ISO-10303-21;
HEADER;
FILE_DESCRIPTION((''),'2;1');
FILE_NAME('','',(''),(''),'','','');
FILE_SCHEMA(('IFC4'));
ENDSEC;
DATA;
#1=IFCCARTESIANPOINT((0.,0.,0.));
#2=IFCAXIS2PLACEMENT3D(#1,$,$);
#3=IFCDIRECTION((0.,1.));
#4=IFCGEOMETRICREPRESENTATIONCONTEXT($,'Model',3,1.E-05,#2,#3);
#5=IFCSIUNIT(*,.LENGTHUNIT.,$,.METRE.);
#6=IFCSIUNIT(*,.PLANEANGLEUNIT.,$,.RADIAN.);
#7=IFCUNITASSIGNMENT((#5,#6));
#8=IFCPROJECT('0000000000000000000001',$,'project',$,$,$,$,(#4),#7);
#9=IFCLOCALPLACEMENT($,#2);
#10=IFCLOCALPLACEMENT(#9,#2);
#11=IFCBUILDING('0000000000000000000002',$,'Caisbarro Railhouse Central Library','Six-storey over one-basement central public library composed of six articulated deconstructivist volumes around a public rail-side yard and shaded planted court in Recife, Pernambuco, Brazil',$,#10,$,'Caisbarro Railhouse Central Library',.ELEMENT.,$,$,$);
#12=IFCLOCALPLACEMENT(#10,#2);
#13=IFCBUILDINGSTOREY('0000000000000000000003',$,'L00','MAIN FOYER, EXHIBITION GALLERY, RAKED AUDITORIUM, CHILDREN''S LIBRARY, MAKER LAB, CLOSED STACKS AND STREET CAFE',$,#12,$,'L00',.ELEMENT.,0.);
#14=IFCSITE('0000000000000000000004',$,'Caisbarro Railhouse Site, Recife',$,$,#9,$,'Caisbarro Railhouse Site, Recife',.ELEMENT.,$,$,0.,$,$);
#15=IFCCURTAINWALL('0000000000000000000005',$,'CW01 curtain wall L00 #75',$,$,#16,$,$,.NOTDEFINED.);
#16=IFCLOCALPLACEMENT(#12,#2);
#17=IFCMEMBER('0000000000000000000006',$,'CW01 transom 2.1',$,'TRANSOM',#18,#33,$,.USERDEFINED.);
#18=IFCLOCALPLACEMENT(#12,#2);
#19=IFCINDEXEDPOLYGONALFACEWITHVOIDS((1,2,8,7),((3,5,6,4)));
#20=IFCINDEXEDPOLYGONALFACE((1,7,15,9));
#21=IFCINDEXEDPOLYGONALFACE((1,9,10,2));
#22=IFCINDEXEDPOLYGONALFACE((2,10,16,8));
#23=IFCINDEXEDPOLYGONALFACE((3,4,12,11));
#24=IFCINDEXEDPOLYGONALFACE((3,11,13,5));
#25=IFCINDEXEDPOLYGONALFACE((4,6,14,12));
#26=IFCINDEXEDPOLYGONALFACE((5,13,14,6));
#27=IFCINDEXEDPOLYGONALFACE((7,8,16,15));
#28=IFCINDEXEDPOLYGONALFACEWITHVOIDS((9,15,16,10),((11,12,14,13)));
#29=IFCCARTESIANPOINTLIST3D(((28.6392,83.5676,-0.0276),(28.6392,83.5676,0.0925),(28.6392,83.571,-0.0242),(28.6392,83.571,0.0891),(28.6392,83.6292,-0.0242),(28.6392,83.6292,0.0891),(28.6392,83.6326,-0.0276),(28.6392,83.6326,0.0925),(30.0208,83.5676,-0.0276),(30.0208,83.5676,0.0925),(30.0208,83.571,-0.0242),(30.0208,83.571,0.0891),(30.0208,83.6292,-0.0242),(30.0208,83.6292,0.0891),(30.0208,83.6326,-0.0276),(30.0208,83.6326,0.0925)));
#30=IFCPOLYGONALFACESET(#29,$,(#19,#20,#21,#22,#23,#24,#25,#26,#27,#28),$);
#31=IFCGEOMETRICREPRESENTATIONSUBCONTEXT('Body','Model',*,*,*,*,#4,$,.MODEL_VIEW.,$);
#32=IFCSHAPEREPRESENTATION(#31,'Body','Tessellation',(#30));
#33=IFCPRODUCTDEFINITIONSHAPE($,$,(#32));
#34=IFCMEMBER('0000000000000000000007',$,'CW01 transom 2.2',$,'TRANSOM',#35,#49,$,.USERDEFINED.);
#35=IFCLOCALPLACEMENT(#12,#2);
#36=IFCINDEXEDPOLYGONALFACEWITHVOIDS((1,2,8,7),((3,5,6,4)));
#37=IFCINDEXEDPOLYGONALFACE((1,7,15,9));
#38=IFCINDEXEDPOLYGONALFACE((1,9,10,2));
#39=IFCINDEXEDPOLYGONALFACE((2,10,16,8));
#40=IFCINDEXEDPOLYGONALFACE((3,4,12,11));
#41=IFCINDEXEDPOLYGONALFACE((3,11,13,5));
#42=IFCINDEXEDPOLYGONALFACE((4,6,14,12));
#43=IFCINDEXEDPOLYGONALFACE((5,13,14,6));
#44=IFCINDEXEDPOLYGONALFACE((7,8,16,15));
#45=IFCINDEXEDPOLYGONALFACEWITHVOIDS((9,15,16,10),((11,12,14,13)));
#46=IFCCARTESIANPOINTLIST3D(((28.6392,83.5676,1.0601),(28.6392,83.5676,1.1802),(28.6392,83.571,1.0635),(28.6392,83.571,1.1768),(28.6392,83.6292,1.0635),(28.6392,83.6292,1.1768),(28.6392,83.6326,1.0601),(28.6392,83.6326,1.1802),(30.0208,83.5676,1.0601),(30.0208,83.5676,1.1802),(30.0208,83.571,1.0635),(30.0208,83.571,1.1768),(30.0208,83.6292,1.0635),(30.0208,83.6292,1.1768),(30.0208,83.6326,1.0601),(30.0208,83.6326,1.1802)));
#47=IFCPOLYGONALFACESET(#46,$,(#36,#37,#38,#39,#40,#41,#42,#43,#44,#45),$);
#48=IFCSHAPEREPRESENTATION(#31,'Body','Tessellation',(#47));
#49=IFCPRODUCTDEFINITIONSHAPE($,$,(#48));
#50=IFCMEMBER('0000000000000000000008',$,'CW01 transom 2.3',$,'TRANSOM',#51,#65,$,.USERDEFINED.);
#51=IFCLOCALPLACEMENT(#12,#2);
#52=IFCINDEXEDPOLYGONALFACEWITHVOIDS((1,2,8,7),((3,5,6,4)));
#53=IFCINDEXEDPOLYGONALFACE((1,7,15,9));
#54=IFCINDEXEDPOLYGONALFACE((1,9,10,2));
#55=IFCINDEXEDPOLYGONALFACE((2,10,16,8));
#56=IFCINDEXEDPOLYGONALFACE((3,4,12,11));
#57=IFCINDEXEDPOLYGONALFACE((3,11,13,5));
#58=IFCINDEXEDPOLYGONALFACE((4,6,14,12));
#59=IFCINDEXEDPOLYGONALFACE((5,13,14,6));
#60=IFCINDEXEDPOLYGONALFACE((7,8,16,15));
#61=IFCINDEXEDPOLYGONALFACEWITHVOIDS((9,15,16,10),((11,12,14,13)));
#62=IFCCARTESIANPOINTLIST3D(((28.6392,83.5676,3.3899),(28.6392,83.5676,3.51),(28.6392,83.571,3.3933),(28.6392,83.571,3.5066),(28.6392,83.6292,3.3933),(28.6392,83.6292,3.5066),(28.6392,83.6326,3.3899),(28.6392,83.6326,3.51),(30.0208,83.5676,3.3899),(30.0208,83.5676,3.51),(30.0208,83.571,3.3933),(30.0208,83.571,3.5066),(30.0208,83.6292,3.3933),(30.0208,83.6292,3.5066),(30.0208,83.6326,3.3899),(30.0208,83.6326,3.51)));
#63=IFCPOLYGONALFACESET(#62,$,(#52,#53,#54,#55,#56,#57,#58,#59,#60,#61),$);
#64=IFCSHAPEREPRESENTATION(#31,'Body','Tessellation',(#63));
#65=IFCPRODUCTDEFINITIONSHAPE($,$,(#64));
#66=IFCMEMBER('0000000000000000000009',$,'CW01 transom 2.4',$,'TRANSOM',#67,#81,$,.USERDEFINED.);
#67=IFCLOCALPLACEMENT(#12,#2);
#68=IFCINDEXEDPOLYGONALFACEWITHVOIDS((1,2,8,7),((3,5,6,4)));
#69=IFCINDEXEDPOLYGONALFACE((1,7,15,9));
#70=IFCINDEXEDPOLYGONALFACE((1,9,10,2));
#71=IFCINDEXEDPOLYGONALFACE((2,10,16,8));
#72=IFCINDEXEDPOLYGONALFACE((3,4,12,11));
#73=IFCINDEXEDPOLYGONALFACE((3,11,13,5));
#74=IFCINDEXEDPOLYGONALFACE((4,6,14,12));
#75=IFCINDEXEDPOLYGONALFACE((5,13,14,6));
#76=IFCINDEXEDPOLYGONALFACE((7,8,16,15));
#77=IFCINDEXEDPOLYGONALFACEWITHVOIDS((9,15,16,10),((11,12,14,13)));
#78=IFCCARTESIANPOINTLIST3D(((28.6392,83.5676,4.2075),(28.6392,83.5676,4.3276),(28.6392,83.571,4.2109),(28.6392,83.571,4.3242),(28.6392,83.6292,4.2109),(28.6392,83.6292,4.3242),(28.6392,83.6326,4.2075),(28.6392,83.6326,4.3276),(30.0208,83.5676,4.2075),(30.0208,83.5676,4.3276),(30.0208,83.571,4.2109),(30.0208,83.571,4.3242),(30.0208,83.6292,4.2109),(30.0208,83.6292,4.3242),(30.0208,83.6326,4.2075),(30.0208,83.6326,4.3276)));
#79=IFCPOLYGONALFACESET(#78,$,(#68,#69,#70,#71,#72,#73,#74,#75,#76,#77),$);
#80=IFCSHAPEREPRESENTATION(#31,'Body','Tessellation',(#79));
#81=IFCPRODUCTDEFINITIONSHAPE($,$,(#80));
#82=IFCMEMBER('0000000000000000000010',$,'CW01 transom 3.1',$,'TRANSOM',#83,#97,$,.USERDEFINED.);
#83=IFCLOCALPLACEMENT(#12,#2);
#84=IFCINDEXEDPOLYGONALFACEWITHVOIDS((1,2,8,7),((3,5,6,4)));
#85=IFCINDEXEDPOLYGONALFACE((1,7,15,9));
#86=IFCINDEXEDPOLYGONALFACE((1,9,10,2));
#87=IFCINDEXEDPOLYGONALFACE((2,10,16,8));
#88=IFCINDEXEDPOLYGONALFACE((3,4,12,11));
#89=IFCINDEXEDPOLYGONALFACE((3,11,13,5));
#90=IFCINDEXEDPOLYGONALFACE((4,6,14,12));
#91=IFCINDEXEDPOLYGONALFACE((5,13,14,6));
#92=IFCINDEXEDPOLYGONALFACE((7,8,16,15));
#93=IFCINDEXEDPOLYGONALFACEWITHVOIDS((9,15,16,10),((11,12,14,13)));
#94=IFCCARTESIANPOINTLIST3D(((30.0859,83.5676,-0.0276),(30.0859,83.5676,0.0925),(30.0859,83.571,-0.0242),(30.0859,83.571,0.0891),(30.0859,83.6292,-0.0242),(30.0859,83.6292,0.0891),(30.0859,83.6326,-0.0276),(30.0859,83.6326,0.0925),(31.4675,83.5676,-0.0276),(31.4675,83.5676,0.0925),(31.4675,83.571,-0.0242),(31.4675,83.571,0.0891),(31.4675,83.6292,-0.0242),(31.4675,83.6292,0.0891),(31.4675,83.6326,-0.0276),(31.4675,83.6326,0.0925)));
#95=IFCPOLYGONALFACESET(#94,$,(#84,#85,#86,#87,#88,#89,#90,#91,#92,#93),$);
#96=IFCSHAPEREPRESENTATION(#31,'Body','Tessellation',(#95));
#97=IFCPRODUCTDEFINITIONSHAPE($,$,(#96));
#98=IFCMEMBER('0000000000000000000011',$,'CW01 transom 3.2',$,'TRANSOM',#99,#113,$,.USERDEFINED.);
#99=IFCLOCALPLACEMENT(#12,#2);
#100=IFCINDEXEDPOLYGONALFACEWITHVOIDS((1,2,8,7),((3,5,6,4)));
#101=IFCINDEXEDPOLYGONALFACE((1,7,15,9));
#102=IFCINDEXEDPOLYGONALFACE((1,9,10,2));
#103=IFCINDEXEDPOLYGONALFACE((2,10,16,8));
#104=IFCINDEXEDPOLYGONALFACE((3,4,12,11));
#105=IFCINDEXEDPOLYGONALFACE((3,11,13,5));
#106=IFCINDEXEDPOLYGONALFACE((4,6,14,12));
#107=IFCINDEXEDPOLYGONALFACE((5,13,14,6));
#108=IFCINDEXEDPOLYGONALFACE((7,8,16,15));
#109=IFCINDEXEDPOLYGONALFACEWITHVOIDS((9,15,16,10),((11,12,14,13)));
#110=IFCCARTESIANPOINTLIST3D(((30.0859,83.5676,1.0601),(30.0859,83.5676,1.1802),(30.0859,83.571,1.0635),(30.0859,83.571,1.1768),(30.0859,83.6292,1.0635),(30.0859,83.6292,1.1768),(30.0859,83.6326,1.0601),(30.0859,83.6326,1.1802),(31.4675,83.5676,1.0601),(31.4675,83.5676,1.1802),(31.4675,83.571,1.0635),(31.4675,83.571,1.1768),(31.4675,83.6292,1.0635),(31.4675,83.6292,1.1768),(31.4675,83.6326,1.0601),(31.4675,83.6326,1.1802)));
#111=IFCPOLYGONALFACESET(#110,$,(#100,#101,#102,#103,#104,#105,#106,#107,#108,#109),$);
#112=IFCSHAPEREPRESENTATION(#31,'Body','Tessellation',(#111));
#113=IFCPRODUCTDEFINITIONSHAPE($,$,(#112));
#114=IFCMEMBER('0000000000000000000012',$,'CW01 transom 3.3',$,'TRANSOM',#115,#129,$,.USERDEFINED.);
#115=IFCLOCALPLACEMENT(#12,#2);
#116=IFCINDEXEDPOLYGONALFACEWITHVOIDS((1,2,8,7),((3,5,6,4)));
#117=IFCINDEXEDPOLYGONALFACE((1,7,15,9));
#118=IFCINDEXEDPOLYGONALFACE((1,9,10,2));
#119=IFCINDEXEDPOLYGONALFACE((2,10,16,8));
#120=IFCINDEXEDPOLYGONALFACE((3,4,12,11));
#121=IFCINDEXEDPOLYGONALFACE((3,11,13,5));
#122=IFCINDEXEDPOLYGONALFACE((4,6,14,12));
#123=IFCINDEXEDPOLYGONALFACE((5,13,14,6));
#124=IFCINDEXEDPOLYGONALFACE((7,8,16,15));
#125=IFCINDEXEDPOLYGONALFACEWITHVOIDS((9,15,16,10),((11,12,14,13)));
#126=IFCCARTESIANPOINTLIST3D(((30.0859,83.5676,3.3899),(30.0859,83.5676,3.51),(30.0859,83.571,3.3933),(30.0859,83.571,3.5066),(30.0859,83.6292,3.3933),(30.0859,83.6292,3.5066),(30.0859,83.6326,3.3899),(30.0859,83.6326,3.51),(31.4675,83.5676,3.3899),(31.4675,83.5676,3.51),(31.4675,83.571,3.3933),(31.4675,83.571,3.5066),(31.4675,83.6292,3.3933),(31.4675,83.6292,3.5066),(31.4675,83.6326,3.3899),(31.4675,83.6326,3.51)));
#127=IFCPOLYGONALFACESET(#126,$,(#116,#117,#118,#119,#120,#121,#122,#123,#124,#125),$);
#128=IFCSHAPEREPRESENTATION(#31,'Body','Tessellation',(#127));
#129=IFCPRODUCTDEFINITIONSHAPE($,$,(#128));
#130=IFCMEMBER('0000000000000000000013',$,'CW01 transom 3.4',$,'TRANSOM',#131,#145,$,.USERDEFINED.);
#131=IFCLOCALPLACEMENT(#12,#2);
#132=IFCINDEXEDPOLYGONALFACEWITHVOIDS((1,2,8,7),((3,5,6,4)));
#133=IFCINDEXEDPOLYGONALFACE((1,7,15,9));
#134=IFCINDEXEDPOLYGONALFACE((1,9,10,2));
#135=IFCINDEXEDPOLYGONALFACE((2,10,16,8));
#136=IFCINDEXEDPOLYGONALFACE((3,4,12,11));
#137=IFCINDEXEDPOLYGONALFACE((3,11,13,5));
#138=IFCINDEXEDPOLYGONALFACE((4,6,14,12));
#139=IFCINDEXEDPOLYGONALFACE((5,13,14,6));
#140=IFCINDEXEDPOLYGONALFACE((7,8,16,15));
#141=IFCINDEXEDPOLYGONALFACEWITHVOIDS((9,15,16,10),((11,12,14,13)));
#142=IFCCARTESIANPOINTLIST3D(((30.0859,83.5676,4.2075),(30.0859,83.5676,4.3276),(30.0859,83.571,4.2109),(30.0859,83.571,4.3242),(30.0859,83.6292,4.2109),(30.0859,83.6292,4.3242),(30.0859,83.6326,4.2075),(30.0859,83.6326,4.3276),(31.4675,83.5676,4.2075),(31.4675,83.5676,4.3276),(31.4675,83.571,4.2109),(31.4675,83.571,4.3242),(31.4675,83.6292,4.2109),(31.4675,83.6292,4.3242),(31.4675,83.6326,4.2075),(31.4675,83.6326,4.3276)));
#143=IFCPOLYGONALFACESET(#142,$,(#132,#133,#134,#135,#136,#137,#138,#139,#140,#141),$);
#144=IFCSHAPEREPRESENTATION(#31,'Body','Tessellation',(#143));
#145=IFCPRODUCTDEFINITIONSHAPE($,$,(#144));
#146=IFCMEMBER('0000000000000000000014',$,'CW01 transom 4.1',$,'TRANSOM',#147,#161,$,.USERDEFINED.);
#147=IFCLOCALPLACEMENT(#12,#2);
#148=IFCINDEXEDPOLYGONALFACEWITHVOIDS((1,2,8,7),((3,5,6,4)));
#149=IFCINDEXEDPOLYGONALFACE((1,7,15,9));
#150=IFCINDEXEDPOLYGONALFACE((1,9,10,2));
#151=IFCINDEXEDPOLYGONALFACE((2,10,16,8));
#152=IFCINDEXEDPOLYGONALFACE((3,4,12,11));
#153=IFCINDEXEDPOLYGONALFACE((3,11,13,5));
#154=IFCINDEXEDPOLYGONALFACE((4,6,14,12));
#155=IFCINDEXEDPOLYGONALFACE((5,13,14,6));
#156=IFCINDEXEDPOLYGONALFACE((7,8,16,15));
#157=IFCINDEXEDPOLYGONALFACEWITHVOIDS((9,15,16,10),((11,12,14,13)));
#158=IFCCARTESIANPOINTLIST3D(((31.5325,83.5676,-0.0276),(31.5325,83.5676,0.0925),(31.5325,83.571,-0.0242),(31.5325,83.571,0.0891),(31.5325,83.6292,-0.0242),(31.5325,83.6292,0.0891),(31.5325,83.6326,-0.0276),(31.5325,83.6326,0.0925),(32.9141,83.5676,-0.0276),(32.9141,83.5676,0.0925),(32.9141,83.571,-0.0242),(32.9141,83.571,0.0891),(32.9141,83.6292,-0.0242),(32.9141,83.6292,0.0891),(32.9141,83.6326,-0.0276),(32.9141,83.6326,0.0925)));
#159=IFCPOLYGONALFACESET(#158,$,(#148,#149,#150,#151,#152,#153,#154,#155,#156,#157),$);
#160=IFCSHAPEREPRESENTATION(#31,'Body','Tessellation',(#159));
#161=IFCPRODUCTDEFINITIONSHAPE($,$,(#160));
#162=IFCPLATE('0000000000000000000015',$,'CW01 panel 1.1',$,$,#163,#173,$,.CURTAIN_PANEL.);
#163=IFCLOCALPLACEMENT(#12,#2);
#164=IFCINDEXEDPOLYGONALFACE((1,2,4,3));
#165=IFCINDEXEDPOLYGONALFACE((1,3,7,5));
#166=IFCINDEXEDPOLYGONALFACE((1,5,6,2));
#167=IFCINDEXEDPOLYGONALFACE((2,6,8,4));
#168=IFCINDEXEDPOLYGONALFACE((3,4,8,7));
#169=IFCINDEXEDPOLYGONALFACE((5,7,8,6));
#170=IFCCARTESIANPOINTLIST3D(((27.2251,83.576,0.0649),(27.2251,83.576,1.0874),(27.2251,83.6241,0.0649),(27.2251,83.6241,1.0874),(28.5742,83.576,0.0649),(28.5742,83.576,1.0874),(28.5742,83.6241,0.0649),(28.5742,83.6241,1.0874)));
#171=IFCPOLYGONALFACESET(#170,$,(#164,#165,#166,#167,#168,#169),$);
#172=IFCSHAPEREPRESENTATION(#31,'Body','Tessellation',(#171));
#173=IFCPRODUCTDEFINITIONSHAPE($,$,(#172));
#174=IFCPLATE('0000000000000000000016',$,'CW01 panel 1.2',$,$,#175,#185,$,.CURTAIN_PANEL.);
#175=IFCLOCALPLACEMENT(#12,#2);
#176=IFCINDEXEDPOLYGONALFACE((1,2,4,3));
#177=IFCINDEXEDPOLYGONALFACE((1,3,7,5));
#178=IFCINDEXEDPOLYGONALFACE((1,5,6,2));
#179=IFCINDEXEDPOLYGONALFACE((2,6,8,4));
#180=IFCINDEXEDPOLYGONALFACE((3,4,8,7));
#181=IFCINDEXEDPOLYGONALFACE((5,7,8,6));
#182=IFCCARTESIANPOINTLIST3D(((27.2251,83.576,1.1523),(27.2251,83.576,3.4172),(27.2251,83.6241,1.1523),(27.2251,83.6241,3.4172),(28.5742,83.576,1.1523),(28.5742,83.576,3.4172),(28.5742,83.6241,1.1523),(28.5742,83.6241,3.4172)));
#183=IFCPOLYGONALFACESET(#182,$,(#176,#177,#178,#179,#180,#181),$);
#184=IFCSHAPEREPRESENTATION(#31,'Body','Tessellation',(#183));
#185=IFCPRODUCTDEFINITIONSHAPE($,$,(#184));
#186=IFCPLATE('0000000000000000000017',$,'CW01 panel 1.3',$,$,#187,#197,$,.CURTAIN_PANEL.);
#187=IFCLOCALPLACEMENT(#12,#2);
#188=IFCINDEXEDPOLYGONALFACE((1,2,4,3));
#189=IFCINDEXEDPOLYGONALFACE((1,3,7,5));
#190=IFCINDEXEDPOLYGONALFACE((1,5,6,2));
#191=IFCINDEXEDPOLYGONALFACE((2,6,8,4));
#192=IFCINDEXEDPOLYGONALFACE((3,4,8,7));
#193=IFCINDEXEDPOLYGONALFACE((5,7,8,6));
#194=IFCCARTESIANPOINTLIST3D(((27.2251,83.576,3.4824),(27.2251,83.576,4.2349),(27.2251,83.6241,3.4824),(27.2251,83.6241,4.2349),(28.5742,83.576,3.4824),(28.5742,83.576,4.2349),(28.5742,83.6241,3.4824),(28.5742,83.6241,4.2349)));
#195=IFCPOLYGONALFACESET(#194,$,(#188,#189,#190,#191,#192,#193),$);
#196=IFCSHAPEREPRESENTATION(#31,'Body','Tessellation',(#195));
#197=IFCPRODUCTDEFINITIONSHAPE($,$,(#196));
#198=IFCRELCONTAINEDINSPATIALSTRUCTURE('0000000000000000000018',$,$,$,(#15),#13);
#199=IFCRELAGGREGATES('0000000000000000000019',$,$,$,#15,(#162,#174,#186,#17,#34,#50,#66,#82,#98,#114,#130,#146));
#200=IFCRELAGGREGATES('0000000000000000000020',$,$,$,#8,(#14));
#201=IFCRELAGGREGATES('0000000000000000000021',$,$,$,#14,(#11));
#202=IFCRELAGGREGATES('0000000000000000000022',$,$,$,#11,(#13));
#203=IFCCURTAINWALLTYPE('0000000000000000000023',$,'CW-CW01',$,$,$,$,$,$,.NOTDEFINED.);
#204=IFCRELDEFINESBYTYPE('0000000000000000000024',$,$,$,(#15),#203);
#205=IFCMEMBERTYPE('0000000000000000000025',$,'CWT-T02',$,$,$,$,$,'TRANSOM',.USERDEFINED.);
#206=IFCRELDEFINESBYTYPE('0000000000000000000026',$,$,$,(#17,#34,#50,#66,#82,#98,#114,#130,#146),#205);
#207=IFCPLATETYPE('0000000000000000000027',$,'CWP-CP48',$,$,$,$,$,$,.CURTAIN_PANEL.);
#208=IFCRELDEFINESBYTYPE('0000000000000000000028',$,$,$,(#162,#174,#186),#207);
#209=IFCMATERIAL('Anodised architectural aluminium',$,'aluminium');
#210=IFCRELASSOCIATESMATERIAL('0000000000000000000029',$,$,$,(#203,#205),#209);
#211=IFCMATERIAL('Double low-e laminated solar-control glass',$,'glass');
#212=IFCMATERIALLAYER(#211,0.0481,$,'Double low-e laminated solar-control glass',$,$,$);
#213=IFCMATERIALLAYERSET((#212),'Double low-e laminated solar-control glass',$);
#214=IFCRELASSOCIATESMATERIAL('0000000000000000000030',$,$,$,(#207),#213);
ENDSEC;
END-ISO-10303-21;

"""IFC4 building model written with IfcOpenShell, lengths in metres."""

from ifc_helpers import new_model, si_unit, direction, frame, origin, origin_2d, place, context, subcontext, project, spatial, rectangle, hollow_rectangle, extrude, material, layer, layer_set, material_profile, profile_set, type_object, element, aggregate, save


model = new_model("IFC4")

# Units and contexts
model_context = context("Model", 3, precision=1e-05, world=origin(), true_north=direction((0.0, 1.0)))
body_context = subcontext(model_context, "Body", "Model", "MODEL_VIEW")
ifc_project = project(units=[si_unit("LENGTHUNIT", "METRE"), si_unit("PLANEANGLEUNIT", "RADIAN")], contexts=[model_context])

# Site, building, storey
site_placement = place(None, origin())
site = spatial("IfcSite", under=ifc_project, at=site_placement, Name="Caisbarro Railhouse Site, Recife", LongName="Caisbarro Railhouse Site, Recife", CompositionType="ELEMENT", RefElevation=0.0)
building_placement = place(site_placement, origin())
building = spatial("IfcBuilding", under=site, at=building_placement, Name="Caisbarro Railhouse Central Library", Description="Six-storey over one-basement central public library composed of six articulated deconstructivist volumes around a public rail-side yard and shaded planted court in Recife, Pernambuco, Brazil", LongName="Caisbarro Railhouse Central Library", CompositionType="ELEMENT")
storey_placement = place(building_placement, origin())
storey = spatial("IfcBuildingStorey", under=building, at=storey_placement, Name="L00", Description="MAIN FOYER, EXHIBITION GALLERY, RAKED AUDITORIUM, CHILDREN'S LIBRARY, MAKER LAB, CLOSED STACKS AND STREET CAFE", LongName="L00", CompositionType="ELEMENT", Elevation=0.0)

# Curtain wall, members, plates
ifc_material_1 = material(Name="Anodised architectural aluminium", Category="aluminium")
curtain_wall_type = type_object("IfcCurtainWallType", Name="CW-CW01", PredefinedType="NOTDEFINED", material=ifc_material_1)
curtain_wall_placement = place(storey_placement, origin())
curtain_wall = element("IfcCurtainWall", 1, at=curtain_wall_placement, inside=storey, type_object=curtain_wall_type, Name="CW01 curtain wall L00 #75", PredefinedType="NOTDEFINED")
ifc_material_profile_1 = material_profile(ifc_material_1, hollow_rectangle(XDim=0.0649, YDim=0.1201, WallThickness=0.0034, at=origin_2d()), Name="ALU-TRN-65X120")
ifc_profile_set_1 = profile_set([ifc_material_profile_1], Name="Anodised architectural aluminium")
member_type_1 = type_object("IfcMemberType", Name="CWT-T02", ElementType="TRANSOM", PredefinedType="USERDEFINED", material=ifc_profile_set_1)
member_1_placement = place(storey_placement, frame((28.6392, 83.6001, 0.0325), z_axis=(1.0, 0.0, 0.0), x_axis=(0.0, 1.0, 0.0)))
member_1 = element("IfcMember", 2, at=member_1_placement, type_object=member_type_1, Name="CW01 transom 2.1", ObjectType="TRANSOM", PredefinedType="USERDEFINED", context=body_context, shape_type="SweptSolid", body=[
    extrude(hollow_rectangle(XDim=0.0649, YDim=0.1201, WallThickness=0.0034, at=origin_2d()), origin(), (0.0, 0.0, 1.0), 1.3816),
])
member_2_placement = place(storey_placement, frame((28.6392, 83.6001, 1.1201), z_axis=(1.0, 0.0, 0.0), x_axis=(0.0, 1.0, 0.0)))
member_2 = element("IfcMember", 3, at=member_2_placement, type_object=member_type_1, Name="CW01 transom 2.2", ObjectType="TRANSOM", PredefinedType="USERDEFINED", context=body_context, shape_type="SweptSolid", body=[
    extrude(hollow_rectangle(XDim=0.0649, YDim=0.1201, WallThickness=0.0034, at=origin_2d()), origin(), (0.0, 0.0, 1.0), 1.3816),
])
member_3_placement = place(storey_placement, frame((28.6392, 83.6001, 3.45), z_axis=(1.0, 0.0, 0.0), x_axis=(0.0, 1.0, 0.0)))
member_3 = element("IfcMember", 4, at=member_3_placement, type_object=member_type_1, Name="CW01 transom 2.3", ObjectType="TRANSOM", PredefinedType="USERDEFINED", context=body_context, shape_type="SweptSolid", body=[
    extrude(hollow_rectangle(XDim=0.0649, YDim=0.1201, WallThickness=0.0034, at=origin_2d()), origin(), (0.0, 0.0, 1.0), 1.3816),
])
member_4_placement = place(storey_placement, frame((28.6392, 83.6001, 4.2676), z_axis=(1.0, 0.0, 0.0), x_axis=(0.0, 1.0, 0.0)))
member_4 = element("IfcMember", 5, at=member_4_placement, type_object=member_type_1, Name="CW01 transom 2.4", ObjectType="TRANSOM", PredefinedType="USERDEFINED", context=body_context, shape_type="SweptSolid", body=[
    extrude(hollow_rectangle(XDim=0.0649, YDim=0.1201, WallThickness=0.0034, at=origin_2d()), origin(), (0.0, 0.0, 1.0), 1.3816),
])
member_5_placement = place(storey_placement, frame((30.0859, 83.6001, 0.0325), z_axis=(1.0, 0.0, 0.0), x_axis=(0.0, 1.0, 0.0)))
member_5 = element("IfcMember", 6, at=member_5_placement, type_object=member_type_1, Name="CW01 transom 3.1", ObjectType="TRANSOM", PredefinedType="USERDEFINED", context=body_context, shape_type="SweptSolid", body=[
    extrude(hollow_rectangle(XDim=0.0649, YDim=0.1201, WallThickness=0.0034, at=origin_2d()), origin(), (0.0, 0.0, 1.0), 1.3816),
])
member_6_placement = place(storey_placement, frame((30.0859, 83.6001, 1.1201), z_axis=(1.0, 0.0, 0.0), x_axis=(0.0, 1.0, 0.0)))
member_6 = element("IfcMember", 7, at=member_6_placement, type_object=member_type_1, Name="CW01 transom 3.2", ObjectType="TRANSOM", PredefinedType="USERDEFINED", context=body_context, shape_type="SweptSolid", body=[
    extrude(hollow_rectangle(XDim=0.0649, YDim=0.1201, WallThickness=0.0034, at=origin_2d()), origin(), (0.0, 0.0, 1.0), 1.3816),
])
member_7_placement = place(storey_placement, frame((30.0859, 83.6001, 3.45), z_axis=(1.0, 0.0, 0.0), x_axis=(0.0, 1.0, 0.0)))
member_7 = element("IfcMember", 8, at=member_7_placement, type_object=member_type_1, Name="CW01 transom 3.3", ObjectType="TRANSOM", PredefinedType="USERDEFINED", context=body_context, shape_type="SweptSolid", body=[
    extrude(hollow_rectangle(XDim=0.0649, YDim=0.1201, WallThickness=0.0034, at=origin_2d()), origin(), (0.0, 0.0, 1.0), 1.3816),
])
member_8_placement = place(storey_placement, frame((30.0859, 83.6001, 4.2676), z_axis=(1.0, 0.0, 0.0), x_axis=(0.0, 1.0, 0.0)))
member_8 = element("IfcMember", 9, at=member_8_placement, type_object=member_type_1, Name="CW01 transom 3.4", ObjectType="TRANSOM", PredefinedType="USERDEFINED", context=body_context, shape_type="SweptSolid", body=[
    extrude(hollow_rectangle(XDim=0.0649, YDim=0.1201, WallThickness=0.0034, at=origin_2d()), origin(), (0.0, 0.0, 1.0), 1.3816),
])
member_9_placement = place(storey_placement, frame((31.5325, 83.6001, 0.0325), z_axis=(1.0, 0.0, 0.0), x_axis=(0.0, 1.0, 0.0)))
member_9 = element("IfcMember", 10, at=member_9_placement, type_object=member_type_1, Name="CW01 transom 4.1", ObjectType="TRANSOM", PredefinedType="USERDEFINED", context=body_context, shape_type="SweptSolid", body=[
    extrude(hollow_rectangle(XDim=0.0649, YDim=0.1201, WallThickness=0.0034, at=origin_2d()), origin(), (0.0, 0.0, 1.0), 1.3816),
])
ifc_material_2 = material(Name="Double low-e laminated solar-control glass", Category="glass")
ifc_layer = layer(ifc_material_2, 0.0481, Name="Double low-e laminated solar-control glass")
ifc_layer_set = layer_set([ifc_layer], Name="Double low-e laminated solar-control glass")
plate_type = type_object("IfcPlateType", Name="CWP-CP48", PredefinedType="CURTAIN_PANEL", material=ifc_layer_set)
plate_1_placement = place(storey_placement, frame((27.8997, 83.6001, 0.0649), z_axis=(0.0, 0.0, 1.0), x_axis=(1.0, 0.0, 0.0)))
plate_1 = element("IfcPlate", 11, at=plate_1_placement, type_object=plate_type, Name="CW01 panel 1.1", PredefinedType="CURTAIN_PANEL", context=body_context, shape_type="SweptSolid", body=[
    extrude(rectangle(XDim=1.3491, YDim=0.0481, at=origin_2d()), origin(), (0.0, 0.0, 1.0), 1.0225),
])
plate_2_placement = place(storey_placement, frame((27.8997, 83.6001, 1.1523), z_axis=(0.0, 0.0, 1.0), x_axis=(1.0, 0.0, 0.0)))
plate_2 = element("IfcPlate", 12, at=plate_2_placement, type_object=plate_type, Name="CW01 panel 1.2", PredefinedType="CURTAIN_PANEL", context=body_context, shape_type="SweptSolid", body=[
    extrude(rectangle(XDim=1.3491, YDim=0.0481, at=origin_2d()), origin(), (0.0, 0.0, 1.0), 2.2649),
])
plate_3_placement = place(storey_placement, frame((27.8997, 83.6001, 3.4824), z_axis=(0.0, 0.0, 1.0), x_axis=(1.0, 0.0, 0.0)))
plate_3 = element("IfcPlate", 13, at=plate_3_placement, type_object=plate_type, Name="CW01 panel 1.3", PredefinedType="CURTAIN_PANEL", context=body_context, shape_type="SweptSolid", body=[
    extrude(rectangle(XDim=1.3491, YDim=0.0481, at=origin_2d()), origin(), (0.0, 0.0, 1.0), 0.7524),
])
aggregate(curtain_wall, [plate_1, plate_2, plate_3, member_1, member_2, member_3, member_4, member_5, member_6, member_7, member_8, member_9])

save(model, "model.ifc")
